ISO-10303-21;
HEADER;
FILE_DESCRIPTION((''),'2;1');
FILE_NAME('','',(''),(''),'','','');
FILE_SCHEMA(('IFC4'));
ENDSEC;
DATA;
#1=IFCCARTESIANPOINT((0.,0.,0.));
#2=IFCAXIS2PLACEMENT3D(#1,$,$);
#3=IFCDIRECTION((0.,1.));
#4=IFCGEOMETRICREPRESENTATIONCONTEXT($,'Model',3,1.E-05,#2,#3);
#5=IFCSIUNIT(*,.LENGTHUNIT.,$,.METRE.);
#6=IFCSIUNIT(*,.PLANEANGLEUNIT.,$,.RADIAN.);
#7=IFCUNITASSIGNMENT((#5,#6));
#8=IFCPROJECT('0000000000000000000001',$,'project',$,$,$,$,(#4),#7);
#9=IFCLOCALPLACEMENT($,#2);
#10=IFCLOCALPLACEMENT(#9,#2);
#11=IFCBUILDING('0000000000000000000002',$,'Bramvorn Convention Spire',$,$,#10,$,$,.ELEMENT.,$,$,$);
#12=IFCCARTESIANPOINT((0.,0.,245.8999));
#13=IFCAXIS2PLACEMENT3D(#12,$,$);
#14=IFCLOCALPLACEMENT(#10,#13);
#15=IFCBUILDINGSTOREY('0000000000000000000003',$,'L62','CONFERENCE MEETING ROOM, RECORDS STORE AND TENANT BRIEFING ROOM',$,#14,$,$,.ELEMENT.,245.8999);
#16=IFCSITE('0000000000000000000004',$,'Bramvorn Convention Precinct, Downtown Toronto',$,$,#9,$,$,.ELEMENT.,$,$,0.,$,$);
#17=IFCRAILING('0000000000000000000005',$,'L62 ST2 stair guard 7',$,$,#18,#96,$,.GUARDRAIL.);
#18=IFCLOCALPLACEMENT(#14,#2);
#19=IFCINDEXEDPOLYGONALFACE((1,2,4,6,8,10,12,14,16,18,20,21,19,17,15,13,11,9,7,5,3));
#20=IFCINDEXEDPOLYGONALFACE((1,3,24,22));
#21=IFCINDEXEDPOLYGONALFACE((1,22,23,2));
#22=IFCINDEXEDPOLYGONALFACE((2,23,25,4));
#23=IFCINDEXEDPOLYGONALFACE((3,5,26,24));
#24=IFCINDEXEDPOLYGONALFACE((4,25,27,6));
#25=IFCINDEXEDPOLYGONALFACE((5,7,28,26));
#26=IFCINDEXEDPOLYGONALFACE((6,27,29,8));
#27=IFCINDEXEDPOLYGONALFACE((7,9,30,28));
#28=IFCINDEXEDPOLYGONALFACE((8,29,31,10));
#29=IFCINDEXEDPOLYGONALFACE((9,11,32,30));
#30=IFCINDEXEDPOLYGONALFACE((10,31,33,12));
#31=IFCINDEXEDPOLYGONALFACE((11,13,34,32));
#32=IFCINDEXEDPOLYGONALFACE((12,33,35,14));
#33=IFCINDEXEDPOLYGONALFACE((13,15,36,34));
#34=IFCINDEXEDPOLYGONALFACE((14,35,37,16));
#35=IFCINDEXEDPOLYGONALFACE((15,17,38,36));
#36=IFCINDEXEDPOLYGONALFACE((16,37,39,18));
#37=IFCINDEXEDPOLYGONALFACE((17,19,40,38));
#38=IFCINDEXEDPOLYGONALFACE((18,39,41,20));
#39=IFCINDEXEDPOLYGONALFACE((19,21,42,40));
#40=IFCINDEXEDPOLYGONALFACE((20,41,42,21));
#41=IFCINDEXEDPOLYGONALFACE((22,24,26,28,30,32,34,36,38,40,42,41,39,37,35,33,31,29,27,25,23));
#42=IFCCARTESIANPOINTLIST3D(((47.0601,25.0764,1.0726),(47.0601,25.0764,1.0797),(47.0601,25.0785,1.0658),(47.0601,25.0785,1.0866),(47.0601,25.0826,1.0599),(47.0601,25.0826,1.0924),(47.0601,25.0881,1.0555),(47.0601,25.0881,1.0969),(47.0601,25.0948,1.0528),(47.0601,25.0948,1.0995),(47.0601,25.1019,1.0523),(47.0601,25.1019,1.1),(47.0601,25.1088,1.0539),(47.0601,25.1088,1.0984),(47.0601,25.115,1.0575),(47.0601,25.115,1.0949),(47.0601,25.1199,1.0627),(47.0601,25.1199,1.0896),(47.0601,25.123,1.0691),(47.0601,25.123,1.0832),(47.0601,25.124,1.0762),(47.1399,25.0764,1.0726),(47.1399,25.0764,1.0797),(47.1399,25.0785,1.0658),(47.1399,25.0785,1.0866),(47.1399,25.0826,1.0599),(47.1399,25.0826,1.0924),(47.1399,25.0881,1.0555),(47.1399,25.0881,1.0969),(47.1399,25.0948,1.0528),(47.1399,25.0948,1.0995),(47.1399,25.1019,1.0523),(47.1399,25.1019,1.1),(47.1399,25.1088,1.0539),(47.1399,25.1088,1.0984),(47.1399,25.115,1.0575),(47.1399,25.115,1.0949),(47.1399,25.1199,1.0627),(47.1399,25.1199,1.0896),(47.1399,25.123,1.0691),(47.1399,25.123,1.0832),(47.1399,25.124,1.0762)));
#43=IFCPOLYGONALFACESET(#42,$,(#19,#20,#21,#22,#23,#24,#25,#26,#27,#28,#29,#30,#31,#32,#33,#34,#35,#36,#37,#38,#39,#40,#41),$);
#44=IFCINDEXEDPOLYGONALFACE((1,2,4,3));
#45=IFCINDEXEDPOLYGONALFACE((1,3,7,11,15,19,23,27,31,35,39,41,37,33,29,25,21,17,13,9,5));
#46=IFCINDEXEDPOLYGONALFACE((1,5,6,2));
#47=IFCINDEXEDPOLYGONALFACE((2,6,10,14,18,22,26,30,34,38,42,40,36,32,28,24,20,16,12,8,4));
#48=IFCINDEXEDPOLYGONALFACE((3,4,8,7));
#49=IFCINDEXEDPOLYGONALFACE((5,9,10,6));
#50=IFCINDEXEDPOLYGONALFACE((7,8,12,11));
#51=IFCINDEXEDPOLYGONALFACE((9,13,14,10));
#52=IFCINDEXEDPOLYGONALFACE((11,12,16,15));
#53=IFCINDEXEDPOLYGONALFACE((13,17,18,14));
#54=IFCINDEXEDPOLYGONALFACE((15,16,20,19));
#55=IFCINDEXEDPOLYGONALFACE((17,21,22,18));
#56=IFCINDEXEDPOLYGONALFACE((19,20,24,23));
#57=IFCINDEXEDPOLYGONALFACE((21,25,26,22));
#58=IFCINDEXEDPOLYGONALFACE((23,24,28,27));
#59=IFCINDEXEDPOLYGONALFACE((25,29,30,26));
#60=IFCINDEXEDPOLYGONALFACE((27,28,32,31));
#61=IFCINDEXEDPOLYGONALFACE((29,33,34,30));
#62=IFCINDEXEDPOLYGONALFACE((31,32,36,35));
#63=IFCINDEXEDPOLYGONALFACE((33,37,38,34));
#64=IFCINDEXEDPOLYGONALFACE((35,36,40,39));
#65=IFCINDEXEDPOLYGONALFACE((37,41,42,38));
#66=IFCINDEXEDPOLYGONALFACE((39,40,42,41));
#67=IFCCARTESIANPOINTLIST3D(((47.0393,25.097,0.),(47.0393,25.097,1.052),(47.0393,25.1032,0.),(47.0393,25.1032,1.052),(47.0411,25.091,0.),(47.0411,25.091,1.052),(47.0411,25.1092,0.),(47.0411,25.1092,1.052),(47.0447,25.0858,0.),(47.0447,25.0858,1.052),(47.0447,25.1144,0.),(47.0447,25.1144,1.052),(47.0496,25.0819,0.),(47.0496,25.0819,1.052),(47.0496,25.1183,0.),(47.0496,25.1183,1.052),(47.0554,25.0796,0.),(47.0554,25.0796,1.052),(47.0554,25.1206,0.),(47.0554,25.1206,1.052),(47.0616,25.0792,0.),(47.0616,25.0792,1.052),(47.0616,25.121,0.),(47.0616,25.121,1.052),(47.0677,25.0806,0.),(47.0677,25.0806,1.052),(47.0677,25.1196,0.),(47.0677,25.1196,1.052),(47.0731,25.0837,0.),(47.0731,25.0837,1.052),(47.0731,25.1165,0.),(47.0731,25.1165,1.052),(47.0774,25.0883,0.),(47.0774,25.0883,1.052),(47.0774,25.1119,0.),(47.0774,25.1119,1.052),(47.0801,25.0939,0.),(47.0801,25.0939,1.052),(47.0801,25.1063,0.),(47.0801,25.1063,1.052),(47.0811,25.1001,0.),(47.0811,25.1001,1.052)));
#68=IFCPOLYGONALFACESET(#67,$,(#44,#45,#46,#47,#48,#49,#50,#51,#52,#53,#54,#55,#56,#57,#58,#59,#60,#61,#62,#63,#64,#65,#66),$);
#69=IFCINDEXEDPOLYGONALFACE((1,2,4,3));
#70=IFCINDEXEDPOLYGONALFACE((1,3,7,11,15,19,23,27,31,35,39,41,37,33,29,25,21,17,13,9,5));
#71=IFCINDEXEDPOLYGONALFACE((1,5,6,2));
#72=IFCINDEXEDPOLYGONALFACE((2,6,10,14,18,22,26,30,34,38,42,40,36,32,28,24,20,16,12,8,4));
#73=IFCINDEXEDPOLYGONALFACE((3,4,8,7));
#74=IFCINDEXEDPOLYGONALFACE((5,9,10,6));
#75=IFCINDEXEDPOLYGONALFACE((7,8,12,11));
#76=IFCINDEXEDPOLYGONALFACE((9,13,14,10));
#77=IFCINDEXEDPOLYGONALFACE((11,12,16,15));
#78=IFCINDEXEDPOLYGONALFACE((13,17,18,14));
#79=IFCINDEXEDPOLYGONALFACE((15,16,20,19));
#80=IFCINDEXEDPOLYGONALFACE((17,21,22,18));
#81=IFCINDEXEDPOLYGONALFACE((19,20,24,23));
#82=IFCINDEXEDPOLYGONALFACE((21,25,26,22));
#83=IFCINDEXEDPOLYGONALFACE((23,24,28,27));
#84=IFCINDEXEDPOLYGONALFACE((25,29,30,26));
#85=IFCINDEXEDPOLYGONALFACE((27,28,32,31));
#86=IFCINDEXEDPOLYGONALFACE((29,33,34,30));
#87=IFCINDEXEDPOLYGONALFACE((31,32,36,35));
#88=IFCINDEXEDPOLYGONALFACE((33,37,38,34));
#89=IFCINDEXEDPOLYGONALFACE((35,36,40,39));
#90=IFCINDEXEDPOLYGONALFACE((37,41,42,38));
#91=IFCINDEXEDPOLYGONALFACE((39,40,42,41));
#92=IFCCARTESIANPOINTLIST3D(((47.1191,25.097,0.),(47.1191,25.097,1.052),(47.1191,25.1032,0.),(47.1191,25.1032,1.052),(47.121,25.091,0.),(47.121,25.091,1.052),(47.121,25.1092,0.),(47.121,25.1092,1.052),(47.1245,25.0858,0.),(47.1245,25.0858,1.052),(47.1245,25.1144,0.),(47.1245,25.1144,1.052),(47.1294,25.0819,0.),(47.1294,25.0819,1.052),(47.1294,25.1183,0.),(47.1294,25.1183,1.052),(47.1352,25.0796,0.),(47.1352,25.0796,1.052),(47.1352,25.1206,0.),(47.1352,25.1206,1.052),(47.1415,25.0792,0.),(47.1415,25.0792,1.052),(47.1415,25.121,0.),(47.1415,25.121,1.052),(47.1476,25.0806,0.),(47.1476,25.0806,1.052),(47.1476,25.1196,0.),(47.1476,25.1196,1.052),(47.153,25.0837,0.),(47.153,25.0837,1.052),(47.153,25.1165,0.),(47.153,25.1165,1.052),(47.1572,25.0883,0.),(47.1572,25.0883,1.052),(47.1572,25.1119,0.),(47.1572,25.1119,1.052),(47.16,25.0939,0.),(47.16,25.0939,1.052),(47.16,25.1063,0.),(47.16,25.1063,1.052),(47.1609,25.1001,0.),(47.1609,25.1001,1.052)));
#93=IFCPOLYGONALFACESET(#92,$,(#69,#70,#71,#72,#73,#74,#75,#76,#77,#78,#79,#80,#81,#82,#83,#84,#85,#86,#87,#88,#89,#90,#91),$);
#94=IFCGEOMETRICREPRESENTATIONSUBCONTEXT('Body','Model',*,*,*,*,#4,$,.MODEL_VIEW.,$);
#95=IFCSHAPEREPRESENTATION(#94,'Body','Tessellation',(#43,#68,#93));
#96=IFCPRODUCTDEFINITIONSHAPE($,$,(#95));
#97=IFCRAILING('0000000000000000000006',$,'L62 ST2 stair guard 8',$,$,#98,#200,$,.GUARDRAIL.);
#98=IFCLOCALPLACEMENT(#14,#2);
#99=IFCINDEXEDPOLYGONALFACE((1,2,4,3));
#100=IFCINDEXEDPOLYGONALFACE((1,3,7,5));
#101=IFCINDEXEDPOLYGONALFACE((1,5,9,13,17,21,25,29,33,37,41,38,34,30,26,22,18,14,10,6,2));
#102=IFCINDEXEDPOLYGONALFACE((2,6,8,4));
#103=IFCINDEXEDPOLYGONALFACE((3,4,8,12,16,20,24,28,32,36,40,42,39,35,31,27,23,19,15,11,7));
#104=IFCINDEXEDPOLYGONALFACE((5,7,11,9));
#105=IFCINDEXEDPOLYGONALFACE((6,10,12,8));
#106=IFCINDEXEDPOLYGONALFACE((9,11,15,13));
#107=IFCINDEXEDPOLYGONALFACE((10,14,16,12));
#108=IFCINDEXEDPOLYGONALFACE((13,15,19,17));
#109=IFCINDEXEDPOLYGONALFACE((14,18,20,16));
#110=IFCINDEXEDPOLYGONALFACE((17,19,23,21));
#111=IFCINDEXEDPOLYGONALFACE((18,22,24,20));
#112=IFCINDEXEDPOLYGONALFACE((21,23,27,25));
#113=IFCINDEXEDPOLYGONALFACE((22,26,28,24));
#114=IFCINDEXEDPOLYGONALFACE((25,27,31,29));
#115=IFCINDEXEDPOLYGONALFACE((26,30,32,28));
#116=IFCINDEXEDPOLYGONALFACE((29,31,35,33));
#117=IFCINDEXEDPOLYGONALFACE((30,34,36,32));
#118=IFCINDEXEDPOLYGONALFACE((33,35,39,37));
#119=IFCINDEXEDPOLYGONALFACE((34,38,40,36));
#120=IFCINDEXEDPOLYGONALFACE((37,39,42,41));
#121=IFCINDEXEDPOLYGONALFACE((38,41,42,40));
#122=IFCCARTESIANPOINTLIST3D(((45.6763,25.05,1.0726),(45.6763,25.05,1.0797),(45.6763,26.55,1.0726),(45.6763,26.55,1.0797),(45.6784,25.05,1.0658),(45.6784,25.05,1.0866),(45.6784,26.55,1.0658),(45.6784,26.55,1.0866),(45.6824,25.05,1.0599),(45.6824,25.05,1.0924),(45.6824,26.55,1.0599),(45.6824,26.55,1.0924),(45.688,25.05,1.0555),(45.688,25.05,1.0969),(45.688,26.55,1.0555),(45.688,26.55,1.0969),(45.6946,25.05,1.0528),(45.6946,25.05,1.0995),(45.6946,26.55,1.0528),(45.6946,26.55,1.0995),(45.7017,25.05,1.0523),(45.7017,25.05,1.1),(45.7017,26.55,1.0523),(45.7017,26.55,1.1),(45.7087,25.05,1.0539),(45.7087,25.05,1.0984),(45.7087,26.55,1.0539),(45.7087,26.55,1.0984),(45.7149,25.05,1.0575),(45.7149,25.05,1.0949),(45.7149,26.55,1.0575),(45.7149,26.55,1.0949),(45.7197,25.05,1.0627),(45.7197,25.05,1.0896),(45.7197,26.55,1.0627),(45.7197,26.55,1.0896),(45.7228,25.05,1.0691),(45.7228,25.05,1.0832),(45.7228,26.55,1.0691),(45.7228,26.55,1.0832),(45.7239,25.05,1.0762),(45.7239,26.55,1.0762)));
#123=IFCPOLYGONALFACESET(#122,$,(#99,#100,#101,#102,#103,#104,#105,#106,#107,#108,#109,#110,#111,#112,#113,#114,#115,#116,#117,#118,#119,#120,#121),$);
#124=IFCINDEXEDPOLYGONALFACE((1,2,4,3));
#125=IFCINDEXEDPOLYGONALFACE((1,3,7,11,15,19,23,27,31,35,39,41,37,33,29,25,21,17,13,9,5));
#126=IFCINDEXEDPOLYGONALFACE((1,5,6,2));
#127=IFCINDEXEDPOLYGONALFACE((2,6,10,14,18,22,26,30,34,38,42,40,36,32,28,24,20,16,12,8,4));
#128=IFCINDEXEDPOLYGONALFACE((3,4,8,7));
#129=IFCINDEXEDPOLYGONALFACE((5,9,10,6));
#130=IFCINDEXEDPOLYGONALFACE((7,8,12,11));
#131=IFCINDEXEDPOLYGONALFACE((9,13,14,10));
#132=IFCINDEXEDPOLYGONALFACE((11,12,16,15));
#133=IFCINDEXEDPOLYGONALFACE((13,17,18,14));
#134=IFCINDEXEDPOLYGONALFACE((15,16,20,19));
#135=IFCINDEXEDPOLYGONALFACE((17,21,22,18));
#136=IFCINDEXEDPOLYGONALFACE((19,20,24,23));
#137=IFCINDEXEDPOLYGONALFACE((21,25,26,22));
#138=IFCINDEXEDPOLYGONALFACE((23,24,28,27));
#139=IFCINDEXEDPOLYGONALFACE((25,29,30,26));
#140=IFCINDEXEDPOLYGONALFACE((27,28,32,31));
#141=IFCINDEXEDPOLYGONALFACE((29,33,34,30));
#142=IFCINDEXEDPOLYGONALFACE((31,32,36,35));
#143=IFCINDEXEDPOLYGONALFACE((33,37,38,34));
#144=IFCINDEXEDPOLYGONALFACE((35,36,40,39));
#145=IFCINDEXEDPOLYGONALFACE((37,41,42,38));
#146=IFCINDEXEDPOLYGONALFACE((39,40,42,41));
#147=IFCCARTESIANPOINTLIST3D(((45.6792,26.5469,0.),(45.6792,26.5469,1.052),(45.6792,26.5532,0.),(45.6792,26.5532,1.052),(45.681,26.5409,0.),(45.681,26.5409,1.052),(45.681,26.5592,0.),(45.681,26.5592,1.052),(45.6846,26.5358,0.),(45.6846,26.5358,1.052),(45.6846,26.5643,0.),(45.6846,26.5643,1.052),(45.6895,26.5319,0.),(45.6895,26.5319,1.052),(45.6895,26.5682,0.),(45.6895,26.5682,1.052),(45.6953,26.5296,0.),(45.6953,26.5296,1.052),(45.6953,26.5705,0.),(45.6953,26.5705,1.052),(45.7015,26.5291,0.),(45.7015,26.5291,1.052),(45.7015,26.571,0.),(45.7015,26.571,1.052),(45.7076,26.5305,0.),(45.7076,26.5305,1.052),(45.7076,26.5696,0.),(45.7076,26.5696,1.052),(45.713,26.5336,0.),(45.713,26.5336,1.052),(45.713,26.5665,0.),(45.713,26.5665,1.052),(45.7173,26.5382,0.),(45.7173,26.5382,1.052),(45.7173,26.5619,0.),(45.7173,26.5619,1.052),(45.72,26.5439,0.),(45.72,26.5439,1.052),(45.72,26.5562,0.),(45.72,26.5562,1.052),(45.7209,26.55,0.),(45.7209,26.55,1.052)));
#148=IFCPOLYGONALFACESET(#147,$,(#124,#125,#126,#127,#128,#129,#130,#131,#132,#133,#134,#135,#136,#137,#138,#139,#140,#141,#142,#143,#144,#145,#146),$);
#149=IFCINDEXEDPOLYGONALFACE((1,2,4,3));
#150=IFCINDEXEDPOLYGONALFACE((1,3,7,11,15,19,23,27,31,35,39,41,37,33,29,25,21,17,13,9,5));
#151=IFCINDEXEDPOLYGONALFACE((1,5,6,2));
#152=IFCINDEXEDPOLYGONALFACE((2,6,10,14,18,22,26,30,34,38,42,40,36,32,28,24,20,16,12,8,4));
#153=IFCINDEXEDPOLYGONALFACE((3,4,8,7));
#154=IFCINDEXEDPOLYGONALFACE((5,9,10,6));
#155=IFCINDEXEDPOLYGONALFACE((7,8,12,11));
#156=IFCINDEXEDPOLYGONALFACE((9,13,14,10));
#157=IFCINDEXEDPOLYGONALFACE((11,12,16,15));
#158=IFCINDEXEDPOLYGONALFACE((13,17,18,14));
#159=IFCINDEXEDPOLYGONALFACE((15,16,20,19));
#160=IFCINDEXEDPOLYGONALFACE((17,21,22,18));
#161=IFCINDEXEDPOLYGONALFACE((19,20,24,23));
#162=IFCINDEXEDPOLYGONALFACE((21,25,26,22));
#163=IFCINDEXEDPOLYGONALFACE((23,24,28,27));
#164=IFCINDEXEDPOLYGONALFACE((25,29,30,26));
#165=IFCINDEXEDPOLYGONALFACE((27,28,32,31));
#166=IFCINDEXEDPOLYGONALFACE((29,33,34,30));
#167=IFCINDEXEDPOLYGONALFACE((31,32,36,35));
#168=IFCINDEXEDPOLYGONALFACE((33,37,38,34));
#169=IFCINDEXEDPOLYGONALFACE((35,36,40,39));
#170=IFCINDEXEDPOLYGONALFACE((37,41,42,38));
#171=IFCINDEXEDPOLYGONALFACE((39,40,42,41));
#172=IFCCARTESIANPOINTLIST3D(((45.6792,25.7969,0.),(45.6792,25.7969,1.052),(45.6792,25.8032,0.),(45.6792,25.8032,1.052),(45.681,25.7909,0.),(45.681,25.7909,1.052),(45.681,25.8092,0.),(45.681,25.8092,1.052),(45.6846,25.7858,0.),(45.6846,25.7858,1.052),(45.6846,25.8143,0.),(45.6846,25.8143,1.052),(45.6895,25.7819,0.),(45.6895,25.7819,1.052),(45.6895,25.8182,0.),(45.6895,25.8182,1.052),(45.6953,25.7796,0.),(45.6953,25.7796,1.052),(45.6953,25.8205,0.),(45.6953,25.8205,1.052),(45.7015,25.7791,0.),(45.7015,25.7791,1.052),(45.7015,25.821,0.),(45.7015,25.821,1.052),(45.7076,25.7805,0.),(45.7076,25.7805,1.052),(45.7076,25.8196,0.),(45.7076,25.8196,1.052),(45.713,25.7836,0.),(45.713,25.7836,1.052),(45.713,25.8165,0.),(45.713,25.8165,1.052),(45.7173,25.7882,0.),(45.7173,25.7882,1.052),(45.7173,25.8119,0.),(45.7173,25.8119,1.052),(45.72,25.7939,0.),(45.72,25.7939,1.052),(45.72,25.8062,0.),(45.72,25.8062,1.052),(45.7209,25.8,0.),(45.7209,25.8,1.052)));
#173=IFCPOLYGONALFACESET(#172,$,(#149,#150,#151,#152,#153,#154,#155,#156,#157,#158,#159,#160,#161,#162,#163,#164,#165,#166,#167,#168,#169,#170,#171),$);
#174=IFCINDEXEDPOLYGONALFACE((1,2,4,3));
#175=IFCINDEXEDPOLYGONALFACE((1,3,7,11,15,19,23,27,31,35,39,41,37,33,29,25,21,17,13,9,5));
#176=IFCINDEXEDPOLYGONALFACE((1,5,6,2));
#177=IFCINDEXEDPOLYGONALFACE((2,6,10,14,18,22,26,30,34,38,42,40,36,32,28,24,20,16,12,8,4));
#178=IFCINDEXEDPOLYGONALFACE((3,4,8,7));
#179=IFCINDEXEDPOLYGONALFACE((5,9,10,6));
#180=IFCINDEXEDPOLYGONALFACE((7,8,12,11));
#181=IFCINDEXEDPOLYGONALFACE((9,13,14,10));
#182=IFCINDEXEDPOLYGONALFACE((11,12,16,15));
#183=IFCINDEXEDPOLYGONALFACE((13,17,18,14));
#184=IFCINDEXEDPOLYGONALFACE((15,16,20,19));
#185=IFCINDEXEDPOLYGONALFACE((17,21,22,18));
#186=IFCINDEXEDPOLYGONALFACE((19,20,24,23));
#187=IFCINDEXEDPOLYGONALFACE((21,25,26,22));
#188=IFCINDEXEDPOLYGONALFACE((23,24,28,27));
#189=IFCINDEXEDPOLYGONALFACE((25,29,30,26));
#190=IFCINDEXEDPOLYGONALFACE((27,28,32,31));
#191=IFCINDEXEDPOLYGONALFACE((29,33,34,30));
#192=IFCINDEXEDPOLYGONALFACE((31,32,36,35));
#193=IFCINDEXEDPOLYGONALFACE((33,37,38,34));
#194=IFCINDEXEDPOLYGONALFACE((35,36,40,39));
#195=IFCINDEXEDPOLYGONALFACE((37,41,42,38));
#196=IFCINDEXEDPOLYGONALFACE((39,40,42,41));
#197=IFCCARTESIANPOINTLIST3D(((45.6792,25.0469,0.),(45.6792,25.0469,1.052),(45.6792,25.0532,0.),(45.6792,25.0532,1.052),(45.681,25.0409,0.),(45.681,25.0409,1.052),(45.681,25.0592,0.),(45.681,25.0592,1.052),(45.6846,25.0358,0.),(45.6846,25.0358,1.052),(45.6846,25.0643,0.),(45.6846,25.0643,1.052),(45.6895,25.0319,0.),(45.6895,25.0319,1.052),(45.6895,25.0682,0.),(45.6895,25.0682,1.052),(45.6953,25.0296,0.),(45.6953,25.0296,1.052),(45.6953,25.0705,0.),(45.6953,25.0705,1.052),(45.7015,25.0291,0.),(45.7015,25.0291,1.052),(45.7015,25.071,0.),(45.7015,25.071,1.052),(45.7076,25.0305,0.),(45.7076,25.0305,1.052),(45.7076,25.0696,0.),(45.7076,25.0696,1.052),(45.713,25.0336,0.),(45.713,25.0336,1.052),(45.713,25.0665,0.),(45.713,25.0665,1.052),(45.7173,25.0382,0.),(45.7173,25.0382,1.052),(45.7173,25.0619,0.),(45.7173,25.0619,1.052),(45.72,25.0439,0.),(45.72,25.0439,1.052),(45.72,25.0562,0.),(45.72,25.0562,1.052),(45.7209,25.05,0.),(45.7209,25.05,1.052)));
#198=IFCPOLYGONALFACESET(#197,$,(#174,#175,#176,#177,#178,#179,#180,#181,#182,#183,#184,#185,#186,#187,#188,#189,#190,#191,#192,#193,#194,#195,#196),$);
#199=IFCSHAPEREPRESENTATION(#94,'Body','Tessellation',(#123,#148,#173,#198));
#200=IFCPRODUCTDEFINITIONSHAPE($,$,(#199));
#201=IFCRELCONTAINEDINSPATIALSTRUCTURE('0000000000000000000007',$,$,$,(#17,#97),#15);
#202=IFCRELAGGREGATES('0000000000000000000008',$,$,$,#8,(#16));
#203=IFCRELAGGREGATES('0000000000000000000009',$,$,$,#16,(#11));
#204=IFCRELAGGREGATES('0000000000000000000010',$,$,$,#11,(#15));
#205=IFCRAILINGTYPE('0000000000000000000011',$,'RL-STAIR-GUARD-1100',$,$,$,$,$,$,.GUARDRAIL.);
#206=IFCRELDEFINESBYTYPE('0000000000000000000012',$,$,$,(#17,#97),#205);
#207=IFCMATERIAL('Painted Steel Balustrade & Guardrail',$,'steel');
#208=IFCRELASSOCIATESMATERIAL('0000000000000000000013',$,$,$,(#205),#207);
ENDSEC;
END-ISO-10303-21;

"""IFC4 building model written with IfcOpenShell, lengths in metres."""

from ifc_helpers import new_model, si_unit, direction, frame, origin, origin_2d, place, context, subcontext, project, spatial, circle, extrude, material, type_object, element, save


model = new_model("IFC4")

# Units and contexts
model_context = context("Model", 3, precision=1e-05, world=origin(), true_north=direction((0.0, 1.0)))
body_context = subcontext(model_context, "Body", "Model", "MODEL_VIEW")
ifc_project = project(units=[si_unit("LENGTHUNIT", "METRE"), si_unit("PLANEANGLEUNIT", "RADIAN")], contexts=[model_context])

# Site, building, storey
site_placement = place(None, origin())
site = spatial("IfcSite", under=ifc_project, at=site_placement, Name="Bramvorn Convention Precinct, Downtown Toronto", CompositionType="ELEMENT", RefElevation=0.0)
building_placement = place(site_placement, origin())
building = spatial("IfcBuilding", under=site, at=building_placement, Name="Bramvorn Convention Spire", CompositionType="ELEMENT")
storey_placement = place(building_placement, frame((0.0, 0.0, 245.8999)))
storey = spatial("IfcBuildingStorey", under=building, at=storey_placement, Name="L62", Description="CONFERENCE MEETING ROOM, RECORDS STORE AND TENANT BRIEFING ROOM", CompositionType="ELEMENT", Elevation=245.8999)

# Railings
ifc_material_1 = material(Name="Painted Steel Balustrade & Guardrail", Category="steel")
railing_type_1 = type_object("IfcRailingType", Name="RL-STAIR-GUARD-1100", PredefinedType="GUARDRAIL", material=ifc_material_1)
railing_1_placement = place(storey_placement, frame((47.0601, 25.1001, 0.0)))
element("IfcRailing", 1, at=railing_1_placement, inside=storey, type_object=railing_type_1, Name="L62 ST2 stair guard 7", PredefinedType="GUARDRAIL", context=body_context, shape_type="SweptSolid", body=[
    extrude(circle(Radius=0.0239, at=origin_2d()), frame((0.0, 0.0, 1.0762), z_axis=(1.0, 0.0, 0.0), x_axis=(0.0, 1.0, 0.0)), (0.0, 0.0, 1.0), 0.0798),
    extrude(circle(Radius=0.021, at=origin_2d()), origin(), (0.0, 0.0, 1.0), 1.052),
    extrude(circle(Radius=0.021, at=origin_2d()), frame((0.0798, 0.0, 0.0)), (0.0, 0.0, 1.0), 1.052),
])
railing_2_placement = place(storey_placement, frame((45.7, 26.55, 0.0)))
element("IfcRailing", 2, at=railing_2_placement, inside=storey, type_object=railing_type_1, Name="L62 ST2 stair guard 8", PredefinedType="GUARDRAIL", context=body_context, shape_type="SweptSolid", body=[
    extrude(circle(Radius=0.0239, at=origin_2d()), frame((0.0, 0.0, 1.0762), z_axis=(0.0, -1.0, 0.0), x_axis=(1.0, 0.0, 0.0)), (0.0, 0.0, 1.0), 1.5),
    extrude(circle(Radius=0.021, at=origin_2d()), origin(), (0.0, 0.0, 1.0), 1.052),
    extrude(circle(Radius=0.021, at=origin_2d()), frame((0.0, -0.75, 0.0)), (0.0, 0.0, 1.0), 1.052),
    extrude(circle(Radius=0.021, at=origin_2d()), frame((0.0, -1.5, 0.0)), (0.0, 0.0, 1.0), 1.052),
])

save(model, "model.ifc")
